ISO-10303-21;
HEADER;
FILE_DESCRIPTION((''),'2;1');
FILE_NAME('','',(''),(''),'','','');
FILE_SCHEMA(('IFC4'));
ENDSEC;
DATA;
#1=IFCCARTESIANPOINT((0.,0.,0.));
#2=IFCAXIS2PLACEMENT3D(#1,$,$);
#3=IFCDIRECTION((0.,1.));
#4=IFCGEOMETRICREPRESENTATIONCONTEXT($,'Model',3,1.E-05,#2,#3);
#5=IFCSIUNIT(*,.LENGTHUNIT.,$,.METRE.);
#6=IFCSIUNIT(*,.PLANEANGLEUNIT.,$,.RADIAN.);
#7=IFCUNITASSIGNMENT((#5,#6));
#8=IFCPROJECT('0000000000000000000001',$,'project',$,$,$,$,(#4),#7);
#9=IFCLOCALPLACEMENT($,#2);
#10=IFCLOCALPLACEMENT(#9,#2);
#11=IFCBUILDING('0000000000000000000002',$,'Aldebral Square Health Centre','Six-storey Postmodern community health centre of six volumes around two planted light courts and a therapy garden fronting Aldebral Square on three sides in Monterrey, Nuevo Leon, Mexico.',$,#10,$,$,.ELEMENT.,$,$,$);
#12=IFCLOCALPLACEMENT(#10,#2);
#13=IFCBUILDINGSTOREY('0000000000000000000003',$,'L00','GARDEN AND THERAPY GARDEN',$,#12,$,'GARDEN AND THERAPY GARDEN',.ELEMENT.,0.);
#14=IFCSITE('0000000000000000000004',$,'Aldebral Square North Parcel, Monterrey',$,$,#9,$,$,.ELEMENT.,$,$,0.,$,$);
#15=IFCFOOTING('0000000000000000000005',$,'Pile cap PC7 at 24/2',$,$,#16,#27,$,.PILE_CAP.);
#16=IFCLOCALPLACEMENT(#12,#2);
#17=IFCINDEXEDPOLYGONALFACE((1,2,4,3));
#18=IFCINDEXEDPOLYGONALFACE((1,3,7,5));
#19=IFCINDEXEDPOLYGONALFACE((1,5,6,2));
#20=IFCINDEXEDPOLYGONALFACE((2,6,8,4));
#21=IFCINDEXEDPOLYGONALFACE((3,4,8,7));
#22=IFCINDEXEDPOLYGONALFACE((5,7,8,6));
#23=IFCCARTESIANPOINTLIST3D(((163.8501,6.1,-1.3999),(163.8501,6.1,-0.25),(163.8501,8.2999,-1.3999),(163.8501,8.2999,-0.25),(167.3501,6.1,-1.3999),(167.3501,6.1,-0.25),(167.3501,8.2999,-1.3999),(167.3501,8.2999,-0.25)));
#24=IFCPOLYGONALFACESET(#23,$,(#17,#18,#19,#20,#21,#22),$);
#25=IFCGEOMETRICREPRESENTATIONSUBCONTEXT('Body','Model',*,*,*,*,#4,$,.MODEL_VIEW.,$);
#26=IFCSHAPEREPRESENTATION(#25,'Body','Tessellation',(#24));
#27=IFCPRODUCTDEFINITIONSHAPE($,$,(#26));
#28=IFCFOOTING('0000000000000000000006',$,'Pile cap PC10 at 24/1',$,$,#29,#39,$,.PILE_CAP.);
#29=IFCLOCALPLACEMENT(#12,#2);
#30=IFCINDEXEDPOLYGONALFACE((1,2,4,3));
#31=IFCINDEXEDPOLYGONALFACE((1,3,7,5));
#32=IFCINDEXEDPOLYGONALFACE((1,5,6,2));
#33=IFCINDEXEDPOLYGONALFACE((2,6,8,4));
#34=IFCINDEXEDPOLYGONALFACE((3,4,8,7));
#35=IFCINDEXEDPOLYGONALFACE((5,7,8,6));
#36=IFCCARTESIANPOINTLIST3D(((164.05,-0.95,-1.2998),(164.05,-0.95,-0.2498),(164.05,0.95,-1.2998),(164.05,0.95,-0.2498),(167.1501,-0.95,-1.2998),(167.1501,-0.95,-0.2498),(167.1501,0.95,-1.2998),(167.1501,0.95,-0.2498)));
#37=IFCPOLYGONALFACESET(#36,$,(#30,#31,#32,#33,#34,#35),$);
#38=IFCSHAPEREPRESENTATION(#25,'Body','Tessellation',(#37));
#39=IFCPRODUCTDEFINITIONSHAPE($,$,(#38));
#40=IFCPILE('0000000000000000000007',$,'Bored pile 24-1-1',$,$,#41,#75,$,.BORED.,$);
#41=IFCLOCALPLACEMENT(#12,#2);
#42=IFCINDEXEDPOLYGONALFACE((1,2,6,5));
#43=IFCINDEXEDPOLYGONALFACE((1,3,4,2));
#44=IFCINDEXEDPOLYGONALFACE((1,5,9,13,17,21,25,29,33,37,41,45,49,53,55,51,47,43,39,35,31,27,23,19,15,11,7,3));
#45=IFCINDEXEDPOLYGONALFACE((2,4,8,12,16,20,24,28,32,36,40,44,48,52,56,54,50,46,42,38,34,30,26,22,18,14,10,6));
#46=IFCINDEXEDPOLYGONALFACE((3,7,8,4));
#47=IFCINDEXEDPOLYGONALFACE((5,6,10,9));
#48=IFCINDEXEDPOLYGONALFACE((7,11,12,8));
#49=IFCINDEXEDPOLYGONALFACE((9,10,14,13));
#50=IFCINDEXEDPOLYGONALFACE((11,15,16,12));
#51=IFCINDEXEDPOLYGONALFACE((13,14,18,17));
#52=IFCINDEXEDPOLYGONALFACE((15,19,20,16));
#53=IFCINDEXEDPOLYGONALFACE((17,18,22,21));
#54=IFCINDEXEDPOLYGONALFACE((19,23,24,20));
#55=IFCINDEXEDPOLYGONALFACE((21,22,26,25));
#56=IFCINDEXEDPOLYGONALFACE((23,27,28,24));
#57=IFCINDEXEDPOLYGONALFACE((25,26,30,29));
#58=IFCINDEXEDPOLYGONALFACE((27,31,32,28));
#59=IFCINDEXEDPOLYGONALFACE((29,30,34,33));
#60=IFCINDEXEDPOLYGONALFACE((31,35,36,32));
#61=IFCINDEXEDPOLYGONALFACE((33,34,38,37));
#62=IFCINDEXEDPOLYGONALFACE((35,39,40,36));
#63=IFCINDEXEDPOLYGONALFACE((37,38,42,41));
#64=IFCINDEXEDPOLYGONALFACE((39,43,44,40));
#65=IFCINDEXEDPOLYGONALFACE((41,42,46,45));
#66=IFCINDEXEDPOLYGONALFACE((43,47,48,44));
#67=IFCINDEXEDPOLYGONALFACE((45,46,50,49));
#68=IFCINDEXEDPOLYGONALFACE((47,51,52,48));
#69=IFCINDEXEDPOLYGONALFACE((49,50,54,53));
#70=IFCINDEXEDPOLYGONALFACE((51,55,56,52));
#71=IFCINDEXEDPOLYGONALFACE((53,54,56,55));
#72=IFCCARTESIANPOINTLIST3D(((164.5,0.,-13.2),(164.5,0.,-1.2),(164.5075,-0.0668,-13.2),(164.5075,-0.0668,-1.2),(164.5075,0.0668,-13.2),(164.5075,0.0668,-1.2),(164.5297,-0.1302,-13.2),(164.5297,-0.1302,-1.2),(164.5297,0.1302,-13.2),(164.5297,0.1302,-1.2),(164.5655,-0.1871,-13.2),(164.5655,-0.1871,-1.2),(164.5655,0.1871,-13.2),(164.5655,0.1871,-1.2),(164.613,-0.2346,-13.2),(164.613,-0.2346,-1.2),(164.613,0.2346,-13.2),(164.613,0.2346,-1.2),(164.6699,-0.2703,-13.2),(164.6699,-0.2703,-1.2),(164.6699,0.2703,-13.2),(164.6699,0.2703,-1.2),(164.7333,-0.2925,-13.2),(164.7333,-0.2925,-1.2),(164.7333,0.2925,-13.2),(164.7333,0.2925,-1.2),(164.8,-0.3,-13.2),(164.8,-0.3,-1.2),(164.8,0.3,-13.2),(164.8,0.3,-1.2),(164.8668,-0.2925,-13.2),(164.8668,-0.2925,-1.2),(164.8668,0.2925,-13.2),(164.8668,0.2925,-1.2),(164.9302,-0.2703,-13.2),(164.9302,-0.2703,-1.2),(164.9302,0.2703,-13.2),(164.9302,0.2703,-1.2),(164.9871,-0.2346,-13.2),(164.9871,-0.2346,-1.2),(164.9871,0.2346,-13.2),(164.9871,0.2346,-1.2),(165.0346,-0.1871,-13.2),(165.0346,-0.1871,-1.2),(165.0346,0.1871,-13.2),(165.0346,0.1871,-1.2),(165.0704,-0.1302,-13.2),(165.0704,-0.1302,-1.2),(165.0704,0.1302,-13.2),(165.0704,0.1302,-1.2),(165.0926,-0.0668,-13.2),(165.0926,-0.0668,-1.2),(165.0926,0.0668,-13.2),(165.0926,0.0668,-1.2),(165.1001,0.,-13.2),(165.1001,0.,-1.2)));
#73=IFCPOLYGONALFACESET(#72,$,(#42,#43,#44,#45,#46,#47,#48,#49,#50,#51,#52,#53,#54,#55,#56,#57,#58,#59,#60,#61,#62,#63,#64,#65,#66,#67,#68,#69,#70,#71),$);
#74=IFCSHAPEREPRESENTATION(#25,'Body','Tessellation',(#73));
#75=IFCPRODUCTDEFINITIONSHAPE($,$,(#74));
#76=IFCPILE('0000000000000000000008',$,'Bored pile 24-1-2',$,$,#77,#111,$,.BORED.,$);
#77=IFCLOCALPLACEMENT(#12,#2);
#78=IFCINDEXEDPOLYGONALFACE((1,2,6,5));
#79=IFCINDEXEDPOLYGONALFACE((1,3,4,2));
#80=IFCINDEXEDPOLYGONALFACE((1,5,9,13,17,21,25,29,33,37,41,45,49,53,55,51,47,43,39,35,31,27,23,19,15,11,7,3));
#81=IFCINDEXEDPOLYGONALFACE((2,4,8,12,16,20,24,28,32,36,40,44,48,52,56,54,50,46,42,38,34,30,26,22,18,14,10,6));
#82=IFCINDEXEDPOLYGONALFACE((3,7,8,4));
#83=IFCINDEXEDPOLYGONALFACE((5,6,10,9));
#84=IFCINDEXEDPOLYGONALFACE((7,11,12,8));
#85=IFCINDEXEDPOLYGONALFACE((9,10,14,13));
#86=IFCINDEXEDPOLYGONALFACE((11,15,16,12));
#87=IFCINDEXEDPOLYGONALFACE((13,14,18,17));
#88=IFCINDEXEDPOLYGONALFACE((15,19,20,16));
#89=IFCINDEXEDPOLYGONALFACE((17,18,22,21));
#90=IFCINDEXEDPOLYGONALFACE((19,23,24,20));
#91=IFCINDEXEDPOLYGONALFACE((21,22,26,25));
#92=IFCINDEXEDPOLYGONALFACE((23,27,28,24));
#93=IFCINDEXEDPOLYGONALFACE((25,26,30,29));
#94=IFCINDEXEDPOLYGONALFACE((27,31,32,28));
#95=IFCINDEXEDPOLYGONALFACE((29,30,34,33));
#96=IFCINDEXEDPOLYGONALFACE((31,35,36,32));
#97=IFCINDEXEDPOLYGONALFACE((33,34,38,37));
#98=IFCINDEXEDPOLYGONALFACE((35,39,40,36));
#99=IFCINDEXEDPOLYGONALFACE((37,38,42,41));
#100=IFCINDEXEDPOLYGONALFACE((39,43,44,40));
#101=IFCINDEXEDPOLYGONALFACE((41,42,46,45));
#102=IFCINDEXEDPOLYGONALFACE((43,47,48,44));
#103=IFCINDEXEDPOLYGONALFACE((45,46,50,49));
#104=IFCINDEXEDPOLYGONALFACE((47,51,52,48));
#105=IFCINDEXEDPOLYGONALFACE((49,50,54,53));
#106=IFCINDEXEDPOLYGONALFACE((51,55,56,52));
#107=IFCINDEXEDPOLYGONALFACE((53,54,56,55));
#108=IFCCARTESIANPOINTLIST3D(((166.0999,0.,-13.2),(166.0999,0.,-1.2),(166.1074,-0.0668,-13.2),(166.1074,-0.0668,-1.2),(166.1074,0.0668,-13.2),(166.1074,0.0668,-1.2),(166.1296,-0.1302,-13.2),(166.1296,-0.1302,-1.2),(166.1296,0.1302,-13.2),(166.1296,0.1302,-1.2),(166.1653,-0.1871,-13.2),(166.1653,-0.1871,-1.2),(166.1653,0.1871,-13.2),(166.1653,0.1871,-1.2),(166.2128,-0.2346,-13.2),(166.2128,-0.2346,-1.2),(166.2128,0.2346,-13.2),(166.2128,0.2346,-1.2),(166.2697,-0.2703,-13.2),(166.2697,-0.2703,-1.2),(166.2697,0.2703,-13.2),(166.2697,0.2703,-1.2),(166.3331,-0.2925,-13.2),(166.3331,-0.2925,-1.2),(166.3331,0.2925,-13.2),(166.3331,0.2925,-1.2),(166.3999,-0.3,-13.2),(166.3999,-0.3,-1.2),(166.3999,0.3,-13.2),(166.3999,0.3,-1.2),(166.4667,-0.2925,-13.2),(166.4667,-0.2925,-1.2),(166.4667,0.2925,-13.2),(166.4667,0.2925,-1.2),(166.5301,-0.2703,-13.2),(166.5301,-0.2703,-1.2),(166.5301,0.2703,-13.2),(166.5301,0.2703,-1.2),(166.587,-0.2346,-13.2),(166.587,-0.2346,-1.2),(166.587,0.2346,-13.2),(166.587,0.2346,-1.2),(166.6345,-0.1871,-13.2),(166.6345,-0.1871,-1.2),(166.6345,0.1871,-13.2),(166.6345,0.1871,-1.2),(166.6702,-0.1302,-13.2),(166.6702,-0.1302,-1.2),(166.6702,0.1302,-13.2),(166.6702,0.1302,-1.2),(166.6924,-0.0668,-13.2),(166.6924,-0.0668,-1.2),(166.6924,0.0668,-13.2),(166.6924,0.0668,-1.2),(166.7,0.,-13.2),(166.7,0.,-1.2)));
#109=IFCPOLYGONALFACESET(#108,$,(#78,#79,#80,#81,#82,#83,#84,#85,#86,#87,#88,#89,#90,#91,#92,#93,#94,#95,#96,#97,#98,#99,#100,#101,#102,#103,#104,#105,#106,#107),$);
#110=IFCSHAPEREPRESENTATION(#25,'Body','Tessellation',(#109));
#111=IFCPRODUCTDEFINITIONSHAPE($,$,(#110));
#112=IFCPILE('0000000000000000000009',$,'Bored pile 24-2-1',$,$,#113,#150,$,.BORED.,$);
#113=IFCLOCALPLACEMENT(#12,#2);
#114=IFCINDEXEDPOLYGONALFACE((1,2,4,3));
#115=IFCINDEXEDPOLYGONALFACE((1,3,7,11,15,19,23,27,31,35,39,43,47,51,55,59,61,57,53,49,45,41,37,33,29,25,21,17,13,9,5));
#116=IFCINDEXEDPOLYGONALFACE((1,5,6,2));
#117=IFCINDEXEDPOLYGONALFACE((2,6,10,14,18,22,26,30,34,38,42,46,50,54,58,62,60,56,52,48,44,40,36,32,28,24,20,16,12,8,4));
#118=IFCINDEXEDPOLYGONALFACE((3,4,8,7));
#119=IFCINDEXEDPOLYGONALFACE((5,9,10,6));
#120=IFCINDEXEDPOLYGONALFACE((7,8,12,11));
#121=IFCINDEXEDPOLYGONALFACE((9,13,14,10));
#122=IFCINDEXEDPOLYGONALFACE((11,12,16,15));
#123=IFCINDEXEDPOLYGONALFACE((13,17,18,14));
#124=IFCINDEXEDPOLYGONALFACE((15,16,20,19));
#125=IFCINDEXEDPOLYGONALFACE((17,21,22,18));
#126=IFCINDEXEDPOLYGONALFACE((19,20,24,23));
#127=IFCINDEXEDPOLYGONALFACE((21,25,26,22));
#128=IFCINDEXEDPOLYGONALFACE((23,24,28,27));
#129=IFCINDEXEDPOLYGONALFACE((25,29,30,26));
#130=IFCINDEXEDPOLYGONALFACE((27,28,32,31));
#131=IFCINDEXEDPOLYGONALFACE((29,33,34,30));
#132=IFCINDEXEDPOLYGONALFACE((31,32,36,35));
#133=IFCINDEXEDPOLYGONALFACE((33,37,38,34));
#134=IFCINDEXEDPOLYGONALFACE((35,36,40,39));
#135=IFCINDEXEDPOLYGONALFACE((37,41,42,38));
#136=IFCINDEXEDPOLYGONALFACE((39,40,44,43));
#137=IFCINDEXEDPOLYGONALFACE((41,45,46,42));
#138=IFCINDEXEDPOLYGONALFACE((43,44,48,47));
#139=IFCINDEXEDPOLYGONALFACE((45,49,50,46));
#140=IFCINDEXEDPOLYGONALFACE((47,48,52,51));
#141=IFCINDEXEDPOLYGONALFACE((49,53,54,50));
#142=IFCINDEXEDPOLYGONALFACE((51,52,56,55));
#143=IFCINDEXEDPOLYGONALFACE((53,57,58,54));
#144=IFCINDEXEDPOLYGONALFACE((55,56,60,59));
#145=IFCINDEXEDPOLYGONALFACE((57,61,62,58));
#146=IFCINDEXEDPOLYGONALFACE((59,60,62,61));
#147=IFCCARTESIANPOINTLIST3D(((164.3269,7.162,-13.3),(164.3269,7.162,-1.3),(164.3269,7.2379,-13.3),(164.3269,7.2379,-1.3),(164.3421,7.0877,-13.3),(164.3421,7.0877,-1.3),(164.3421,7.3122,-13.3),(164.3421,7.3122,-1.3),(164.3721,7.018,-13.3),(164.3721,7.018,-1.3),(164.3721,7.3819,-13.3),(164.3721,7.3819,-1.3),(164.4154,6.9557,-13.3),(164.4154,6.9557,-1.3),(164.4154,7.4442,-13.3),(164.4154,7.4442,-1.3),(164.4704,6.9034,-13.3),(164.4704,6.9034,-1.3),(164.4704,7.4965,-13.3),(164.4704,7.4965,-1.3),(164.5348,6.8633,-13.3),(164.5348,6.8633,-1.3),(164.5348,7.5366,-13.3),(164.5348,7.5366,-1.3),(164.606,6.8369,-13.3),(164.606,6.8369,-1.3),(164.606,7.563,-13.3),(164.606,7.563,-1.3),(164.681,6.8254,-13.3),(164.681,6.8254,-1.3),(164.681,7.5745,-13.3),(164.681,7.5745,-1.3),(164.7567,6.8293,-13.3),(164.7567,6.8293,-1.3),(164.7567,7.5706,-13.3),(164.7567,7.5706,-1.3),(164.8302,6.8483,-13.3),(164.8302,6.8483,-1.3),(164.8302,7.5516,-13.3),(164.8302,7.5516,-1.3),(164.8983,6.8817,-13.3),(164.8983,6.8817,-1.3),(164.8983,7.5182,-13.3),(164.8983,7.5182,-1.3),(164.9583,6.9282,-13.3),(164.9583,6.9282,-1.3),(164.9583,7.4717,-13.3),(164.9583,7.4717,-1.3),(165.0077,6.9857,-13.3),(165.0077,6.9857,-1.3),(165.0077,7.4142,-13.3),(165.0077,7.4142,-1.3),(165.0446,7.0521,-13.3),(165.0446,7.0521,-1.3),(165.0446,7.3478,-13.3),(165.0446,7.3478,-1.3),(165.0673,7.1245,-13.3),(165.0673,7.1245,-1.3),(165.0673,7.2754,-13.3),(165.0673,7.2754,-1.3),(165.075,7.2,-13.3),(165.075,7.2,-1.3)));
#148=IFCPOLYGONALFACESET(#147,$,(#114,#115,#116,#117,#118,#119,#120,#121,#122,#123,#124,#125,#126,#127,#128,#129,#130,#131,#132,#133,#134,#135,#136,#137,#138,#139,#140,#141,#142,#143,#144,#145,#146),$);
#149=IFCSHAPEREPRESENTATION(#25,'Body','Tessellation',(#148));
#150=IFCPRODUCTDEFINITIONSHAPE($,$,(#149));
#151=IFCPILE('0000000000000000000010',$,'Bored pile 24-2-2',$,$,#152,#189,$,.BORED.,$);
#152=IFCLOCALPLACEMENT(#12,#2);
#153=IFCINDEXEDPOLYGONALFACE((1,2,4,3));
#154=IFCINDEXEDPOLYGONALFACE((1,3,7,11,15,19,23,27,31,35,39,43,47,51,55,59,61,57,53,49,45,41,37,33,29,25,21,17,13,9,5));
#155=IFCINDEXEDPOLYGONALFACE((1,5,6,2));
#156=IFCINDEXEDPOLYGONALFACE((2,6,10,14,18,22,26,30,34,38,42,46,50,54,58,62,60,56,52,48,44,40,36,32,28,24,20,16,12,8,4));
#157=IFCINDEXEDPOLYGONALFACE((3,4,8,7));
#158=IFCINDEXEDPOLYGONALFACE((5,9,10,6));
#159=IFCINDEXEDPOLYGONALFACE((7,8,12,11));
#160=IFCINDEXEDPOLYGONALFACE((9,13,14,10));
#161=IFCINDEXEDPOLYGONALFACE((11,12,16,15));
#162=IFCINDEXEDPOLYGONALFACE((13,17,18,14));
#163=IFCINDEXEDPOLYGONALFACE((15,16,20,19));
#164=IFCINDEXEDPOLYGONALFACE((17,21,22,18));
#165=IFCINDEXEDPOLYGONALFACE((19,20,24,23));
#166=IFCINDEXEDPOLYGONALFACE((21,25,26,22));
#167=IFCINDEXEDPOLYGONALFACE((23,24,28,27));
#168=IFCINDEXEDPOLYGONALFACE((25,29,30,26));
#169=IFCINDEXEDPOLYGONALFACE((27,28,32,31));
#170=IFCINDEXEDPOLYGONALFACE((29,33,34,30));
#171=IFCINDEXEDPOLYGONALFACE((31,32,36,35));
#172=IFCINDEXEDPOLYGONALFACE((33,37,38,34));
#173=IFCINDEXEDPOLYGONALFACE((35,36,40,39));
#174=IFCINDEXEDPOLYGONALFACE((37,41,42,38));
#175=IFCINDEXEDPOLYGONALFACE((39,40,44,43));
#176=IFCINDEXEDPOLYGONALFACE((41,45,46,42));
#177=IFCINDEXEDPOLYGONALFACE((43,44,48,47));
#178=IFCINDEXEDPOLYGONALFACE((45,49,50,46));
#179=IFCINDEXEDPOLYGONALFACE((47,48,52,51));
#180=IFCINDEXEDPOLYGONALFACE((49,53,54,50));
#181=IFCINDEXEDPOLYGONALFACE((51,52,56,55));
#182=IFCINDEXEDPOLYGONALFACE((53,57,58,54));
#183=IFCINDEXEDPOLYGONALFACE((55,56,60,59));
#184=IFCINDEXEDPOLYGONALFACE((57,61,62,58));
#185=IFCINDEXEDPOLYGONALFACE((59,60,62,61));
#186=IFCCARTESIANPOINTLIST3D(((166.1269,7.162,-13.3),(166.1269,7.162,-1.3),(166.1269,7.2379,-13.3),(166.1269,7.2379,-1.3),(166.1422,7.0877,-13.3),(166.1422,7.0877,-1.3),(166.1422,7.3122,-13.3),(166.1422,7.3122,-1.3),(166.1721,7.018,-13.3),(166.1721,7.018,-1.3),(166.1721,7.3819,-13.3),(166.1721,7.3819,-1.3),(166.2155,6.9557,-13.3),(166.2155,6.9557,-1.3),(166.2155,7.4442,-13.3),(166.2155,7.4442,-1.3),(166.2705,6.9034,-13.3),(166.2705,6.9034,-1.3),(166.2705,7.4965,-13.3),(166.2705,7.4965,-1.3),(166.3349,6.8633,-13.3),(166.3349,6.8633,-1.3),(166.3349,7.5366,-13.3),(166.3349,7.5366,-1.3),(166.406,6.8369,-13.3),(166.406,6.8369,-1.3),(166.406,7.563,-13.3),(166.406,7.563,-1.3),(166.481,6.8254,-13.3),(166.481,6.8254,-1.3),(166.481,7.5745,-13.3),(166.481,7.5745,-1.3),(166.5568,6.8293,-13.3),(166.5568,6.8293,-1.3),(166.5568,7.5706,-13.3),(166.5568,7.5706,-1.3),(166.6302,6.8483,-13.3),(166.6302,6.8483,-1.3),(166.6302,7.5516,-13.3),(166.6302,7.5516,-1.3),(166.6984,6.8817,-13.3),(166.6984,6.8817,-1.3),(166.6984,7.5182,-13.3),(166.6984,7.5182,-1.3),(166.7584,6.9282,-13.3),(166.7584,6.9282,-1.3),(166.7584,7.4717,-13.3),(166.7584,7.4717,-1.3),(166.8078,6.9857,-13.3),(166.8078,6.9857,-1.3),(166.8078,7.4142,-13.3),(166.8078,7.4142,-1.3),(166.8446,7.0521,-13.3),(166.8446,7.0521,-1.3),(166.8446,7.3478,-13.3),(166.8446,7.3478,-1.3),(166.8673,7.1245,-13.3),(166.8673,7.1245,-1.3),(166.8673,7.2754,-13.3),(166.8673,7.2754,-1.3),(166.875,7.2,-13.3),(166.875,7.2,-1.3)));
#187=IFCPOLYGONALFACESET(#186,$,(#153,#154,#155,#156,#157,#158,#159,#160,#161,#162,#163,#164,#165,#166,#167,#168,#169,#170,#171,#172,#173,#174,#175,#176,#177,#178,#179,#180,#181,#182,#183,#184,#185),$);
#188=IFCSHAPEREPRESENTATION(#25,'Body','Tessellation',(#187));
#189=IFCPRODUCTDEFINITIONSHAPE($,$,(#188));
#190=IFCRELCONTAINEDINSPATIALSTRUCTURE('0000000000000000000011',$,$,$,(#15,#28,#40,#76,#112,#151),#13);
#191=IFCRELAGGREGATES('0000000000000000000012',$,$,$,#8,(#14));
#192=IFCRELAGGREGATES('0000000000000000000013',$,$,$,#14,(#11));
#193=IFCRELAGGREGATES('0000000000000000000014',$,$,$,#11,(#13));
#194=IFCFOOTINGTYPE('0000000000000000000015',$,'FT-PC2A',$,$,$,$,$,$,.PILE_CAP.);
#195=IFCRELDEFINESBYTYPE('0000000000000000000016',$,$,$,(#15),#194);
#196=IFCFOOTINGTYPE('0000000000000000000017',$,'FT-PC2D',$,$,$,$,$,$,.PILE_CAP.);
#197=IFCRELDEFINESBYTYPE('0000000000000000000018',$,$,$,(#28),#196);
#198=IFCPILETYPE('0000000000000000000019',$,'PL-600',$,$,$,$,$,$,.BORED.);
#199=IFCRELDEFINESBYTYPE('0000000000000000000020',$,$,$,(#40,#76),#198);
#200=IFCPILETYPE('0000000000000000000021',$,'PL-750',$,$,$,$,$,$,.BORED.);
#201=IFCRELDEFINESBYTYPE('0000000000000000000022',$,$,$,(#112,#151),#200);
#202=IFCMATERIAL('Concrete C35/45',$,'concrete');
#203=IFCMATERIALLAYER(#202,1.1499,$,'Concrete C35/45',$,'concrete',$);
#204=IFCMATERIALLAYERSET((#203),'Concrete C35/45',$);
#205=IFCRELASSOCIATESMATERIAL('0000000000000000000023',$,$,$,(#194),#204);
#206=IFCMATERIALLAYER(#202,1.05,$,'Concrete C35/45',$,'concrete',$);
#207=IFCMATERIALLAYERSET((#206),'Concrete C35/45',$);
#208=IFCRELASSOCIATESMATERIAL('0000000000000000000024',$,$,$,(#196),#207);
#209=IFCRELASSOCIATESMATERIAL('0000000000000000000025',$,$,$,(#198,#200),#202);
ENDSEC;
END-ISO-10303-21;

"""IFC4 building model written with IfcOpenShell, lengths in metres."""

from ifc_helpers import new_model, si_unit, direction, frame, origin, origin_2d, place, context, subcontext, project, spatial, rectangle, circle, extrude, material, layer, layer_set, material_profile, profile_set, type_object, element, save


model = new_model("IFC4")

# Units and contexts
model_context = context("Model", 3, precision=1e-05, world=origin(), true_north=direction((0.0, 1.0)))
body_context = subcontext(model_context, "Body", "Model", "MODEL_VIEW")
ifc_project = project(units=[si_unit("LENGTHUNIT", "METRE"), si_unit("PLANEANGLEUNIT", "RADIAN")], contexts=[model_context])

# Site, building, storey
site_placement = place(None, origin())
site = spatial("IfcSite", under=ifc_project, at=site_placement, Name="Aldebral Square North Parcel, Monterrey", CompositionType="ELEMENT", RefElevation=0.0)
building_placement = place(site_placement, origin())
building = spatial("IfcBuilding", under=site, at=building_placement, Name="Aldebral Square Health Centre", Description="Six-storey Postmodern community health centre of six volumes around two planted light courts and a therapy garden fronting Aldebral Square on three sides in Monterrey, Nuevo Leon, Mexico.", CompositionType="ELEMENT")
storey_placement = place(building_placement, origin())
storey = spatial("IfcBuildingStorey", under=building, at=storey_placement, Name="L00", Description="GARDEN AND THERAPY GARDEN", LongName="GARDEN AND THERAPY GARDEN", CompositionType="ELEMENT", Elevation=0.0)

# Footings
ifc_material_1 = material(Name="Concrete C35/45", Category="concrete")
ifc_layer_1 = layer(ifc_material_1, 1.1499, Name="Concrete C35/45", Category="concrete")
ifc_layer_set_1 = layer_set([ifc_layer_1], Name="Concrete C35/45")
footing_type_1 = type_object("IfcFootingType", Name="FT-PC2A", PredefinedType="PILE_CAP", material=ifc_layer_set_1)
footing_1_placement = place(storey_placement, frame((165.6001, 7.2, -1.3999), z_axis=(0.0, 0.0, 1.0), x_axis=(1.0, 0.0, 0.0)))
element("IfcFooting", 1, at=footing_1_placement, inside=storey, type_object=footing_type_1, Name="Pile cap PC7 at 24/2", PredefinedType="PILE_CAP", context=body_context, shape_type="SweptSolid", body=[
    extrude(rectangle(XDim=3.5, YDim=2.2, at=origin_2d()), origin(), (0.0, 0.0, 1.0), 1.1499),
])
ifc_layer_2 = layer(ifc_material_1, 1.05, Name="Concrete C35/45", Category="concrete")
ifc_layer_set_2 = layer_set([ifc_layer_2], Name="Concrete C35/45")
footing_type_2 = type_object("IfcFootingType", Name="FT-PC2D", PredefinedType="PILE_CAP", material=ifc_layer_set_2)
footing_2_placement = place(storey_placement, frame((165.6001, 0.0, -1.2998), z_axis=(0.0, 0.0, 1.0), x_axis=(1.0, 0.0, 0.0)))
element("IfcFooting", 2, at=footing_2_placement, inside=storey, type_object=footing_type_2, Name="Pile cap PC10 at 24/1", PredefinedType="PILE_CAP", context=body_context, shape_type="SweptSolid", body=[
    extrude(rectangle(XDim=3.1001, YDim=1.8999, at=origin_2d()), origin(), (0.0, 0.0, 1.0), 1.05),
])

# Piles
ifc_material_profile_1 = material_profile(ifc_material_1, circle(Radius=0.3, at=origin_2d()), Name="PILE D600")
ifc_profile_set_1 = profile_set([ifc_material_profile_1], Name="Concrete C35/45")
pile_type_1 = type_object("IfcPileType", Name="PL-600", PredefinedType="BORED", material=ifc_profile_set_1)
for number, where, z_axis, x_axis, name in (
    (3, (164.8, 0.0, -1.2), (0.0, 0.0, -1.0), (1.0, 0.0, 0.0), "Bored pile 24-1-1"),
    (4, (166.3999, 0.0, -1.2), (0.0, 0.0, -1.0), (1.0, 0.0, 0.0), "Bored pile 24-1-2"),
):
    element("IfcPile", number, at=place(storey_placement, frame(where, z_axis=z_axis, x_axis=x_axis)), inside=storey, type_object=pile_type_1, Name=name, PredefinedType="BORED", context=body_context, shape_type="SweptSolid", body=[
        extrude(circle(Radius=0.3, at=origin_2d()), origin(), (0.0, 0.0, 1.0), 12.0),
    ])
ifc_material_profile_2 = material_profile(ifc_material_1, circle(Radius=0.375, at=origin_2d()), Name="PILE D750")
ifc_profile_set_2 = profile_set([ifc_material_profile_2], Name="Concrete C35/45")
pile_type_2 = type_object("IfcPileType", Name="PL-750", PredefinedType="BORED", material=ifc_profile_set_2)
for number, where, z_axis, x_axis, name in (
    (5, (164.7, 7.2, -1.3), (0.0, 0.0, -1.0), (1.0, 0.0, 0.0), "Bored pile 24-2-1"),
    (6, (166.5, 7.2, -1.3), (0.0, 0.0, -1.0), (1.0, 0.0, 0.0), "Bored pile 24-2-2"),
):
    element("IfcPile", number, at=place(storey_placement, frame(where, z_axis=z_axis, x_axis=x_axis)), inside=storey, type_object=pile_type_2, Name=name, PredefinedType="BORED", context=body_context, shape_type="SweptSolid", body=[
        extrude(circle(Radius=0.375, at=origin_2d()), origin(), (0.0, 0.0, 1.0), 12.0),
    ])

save(model, "model.ifc")
